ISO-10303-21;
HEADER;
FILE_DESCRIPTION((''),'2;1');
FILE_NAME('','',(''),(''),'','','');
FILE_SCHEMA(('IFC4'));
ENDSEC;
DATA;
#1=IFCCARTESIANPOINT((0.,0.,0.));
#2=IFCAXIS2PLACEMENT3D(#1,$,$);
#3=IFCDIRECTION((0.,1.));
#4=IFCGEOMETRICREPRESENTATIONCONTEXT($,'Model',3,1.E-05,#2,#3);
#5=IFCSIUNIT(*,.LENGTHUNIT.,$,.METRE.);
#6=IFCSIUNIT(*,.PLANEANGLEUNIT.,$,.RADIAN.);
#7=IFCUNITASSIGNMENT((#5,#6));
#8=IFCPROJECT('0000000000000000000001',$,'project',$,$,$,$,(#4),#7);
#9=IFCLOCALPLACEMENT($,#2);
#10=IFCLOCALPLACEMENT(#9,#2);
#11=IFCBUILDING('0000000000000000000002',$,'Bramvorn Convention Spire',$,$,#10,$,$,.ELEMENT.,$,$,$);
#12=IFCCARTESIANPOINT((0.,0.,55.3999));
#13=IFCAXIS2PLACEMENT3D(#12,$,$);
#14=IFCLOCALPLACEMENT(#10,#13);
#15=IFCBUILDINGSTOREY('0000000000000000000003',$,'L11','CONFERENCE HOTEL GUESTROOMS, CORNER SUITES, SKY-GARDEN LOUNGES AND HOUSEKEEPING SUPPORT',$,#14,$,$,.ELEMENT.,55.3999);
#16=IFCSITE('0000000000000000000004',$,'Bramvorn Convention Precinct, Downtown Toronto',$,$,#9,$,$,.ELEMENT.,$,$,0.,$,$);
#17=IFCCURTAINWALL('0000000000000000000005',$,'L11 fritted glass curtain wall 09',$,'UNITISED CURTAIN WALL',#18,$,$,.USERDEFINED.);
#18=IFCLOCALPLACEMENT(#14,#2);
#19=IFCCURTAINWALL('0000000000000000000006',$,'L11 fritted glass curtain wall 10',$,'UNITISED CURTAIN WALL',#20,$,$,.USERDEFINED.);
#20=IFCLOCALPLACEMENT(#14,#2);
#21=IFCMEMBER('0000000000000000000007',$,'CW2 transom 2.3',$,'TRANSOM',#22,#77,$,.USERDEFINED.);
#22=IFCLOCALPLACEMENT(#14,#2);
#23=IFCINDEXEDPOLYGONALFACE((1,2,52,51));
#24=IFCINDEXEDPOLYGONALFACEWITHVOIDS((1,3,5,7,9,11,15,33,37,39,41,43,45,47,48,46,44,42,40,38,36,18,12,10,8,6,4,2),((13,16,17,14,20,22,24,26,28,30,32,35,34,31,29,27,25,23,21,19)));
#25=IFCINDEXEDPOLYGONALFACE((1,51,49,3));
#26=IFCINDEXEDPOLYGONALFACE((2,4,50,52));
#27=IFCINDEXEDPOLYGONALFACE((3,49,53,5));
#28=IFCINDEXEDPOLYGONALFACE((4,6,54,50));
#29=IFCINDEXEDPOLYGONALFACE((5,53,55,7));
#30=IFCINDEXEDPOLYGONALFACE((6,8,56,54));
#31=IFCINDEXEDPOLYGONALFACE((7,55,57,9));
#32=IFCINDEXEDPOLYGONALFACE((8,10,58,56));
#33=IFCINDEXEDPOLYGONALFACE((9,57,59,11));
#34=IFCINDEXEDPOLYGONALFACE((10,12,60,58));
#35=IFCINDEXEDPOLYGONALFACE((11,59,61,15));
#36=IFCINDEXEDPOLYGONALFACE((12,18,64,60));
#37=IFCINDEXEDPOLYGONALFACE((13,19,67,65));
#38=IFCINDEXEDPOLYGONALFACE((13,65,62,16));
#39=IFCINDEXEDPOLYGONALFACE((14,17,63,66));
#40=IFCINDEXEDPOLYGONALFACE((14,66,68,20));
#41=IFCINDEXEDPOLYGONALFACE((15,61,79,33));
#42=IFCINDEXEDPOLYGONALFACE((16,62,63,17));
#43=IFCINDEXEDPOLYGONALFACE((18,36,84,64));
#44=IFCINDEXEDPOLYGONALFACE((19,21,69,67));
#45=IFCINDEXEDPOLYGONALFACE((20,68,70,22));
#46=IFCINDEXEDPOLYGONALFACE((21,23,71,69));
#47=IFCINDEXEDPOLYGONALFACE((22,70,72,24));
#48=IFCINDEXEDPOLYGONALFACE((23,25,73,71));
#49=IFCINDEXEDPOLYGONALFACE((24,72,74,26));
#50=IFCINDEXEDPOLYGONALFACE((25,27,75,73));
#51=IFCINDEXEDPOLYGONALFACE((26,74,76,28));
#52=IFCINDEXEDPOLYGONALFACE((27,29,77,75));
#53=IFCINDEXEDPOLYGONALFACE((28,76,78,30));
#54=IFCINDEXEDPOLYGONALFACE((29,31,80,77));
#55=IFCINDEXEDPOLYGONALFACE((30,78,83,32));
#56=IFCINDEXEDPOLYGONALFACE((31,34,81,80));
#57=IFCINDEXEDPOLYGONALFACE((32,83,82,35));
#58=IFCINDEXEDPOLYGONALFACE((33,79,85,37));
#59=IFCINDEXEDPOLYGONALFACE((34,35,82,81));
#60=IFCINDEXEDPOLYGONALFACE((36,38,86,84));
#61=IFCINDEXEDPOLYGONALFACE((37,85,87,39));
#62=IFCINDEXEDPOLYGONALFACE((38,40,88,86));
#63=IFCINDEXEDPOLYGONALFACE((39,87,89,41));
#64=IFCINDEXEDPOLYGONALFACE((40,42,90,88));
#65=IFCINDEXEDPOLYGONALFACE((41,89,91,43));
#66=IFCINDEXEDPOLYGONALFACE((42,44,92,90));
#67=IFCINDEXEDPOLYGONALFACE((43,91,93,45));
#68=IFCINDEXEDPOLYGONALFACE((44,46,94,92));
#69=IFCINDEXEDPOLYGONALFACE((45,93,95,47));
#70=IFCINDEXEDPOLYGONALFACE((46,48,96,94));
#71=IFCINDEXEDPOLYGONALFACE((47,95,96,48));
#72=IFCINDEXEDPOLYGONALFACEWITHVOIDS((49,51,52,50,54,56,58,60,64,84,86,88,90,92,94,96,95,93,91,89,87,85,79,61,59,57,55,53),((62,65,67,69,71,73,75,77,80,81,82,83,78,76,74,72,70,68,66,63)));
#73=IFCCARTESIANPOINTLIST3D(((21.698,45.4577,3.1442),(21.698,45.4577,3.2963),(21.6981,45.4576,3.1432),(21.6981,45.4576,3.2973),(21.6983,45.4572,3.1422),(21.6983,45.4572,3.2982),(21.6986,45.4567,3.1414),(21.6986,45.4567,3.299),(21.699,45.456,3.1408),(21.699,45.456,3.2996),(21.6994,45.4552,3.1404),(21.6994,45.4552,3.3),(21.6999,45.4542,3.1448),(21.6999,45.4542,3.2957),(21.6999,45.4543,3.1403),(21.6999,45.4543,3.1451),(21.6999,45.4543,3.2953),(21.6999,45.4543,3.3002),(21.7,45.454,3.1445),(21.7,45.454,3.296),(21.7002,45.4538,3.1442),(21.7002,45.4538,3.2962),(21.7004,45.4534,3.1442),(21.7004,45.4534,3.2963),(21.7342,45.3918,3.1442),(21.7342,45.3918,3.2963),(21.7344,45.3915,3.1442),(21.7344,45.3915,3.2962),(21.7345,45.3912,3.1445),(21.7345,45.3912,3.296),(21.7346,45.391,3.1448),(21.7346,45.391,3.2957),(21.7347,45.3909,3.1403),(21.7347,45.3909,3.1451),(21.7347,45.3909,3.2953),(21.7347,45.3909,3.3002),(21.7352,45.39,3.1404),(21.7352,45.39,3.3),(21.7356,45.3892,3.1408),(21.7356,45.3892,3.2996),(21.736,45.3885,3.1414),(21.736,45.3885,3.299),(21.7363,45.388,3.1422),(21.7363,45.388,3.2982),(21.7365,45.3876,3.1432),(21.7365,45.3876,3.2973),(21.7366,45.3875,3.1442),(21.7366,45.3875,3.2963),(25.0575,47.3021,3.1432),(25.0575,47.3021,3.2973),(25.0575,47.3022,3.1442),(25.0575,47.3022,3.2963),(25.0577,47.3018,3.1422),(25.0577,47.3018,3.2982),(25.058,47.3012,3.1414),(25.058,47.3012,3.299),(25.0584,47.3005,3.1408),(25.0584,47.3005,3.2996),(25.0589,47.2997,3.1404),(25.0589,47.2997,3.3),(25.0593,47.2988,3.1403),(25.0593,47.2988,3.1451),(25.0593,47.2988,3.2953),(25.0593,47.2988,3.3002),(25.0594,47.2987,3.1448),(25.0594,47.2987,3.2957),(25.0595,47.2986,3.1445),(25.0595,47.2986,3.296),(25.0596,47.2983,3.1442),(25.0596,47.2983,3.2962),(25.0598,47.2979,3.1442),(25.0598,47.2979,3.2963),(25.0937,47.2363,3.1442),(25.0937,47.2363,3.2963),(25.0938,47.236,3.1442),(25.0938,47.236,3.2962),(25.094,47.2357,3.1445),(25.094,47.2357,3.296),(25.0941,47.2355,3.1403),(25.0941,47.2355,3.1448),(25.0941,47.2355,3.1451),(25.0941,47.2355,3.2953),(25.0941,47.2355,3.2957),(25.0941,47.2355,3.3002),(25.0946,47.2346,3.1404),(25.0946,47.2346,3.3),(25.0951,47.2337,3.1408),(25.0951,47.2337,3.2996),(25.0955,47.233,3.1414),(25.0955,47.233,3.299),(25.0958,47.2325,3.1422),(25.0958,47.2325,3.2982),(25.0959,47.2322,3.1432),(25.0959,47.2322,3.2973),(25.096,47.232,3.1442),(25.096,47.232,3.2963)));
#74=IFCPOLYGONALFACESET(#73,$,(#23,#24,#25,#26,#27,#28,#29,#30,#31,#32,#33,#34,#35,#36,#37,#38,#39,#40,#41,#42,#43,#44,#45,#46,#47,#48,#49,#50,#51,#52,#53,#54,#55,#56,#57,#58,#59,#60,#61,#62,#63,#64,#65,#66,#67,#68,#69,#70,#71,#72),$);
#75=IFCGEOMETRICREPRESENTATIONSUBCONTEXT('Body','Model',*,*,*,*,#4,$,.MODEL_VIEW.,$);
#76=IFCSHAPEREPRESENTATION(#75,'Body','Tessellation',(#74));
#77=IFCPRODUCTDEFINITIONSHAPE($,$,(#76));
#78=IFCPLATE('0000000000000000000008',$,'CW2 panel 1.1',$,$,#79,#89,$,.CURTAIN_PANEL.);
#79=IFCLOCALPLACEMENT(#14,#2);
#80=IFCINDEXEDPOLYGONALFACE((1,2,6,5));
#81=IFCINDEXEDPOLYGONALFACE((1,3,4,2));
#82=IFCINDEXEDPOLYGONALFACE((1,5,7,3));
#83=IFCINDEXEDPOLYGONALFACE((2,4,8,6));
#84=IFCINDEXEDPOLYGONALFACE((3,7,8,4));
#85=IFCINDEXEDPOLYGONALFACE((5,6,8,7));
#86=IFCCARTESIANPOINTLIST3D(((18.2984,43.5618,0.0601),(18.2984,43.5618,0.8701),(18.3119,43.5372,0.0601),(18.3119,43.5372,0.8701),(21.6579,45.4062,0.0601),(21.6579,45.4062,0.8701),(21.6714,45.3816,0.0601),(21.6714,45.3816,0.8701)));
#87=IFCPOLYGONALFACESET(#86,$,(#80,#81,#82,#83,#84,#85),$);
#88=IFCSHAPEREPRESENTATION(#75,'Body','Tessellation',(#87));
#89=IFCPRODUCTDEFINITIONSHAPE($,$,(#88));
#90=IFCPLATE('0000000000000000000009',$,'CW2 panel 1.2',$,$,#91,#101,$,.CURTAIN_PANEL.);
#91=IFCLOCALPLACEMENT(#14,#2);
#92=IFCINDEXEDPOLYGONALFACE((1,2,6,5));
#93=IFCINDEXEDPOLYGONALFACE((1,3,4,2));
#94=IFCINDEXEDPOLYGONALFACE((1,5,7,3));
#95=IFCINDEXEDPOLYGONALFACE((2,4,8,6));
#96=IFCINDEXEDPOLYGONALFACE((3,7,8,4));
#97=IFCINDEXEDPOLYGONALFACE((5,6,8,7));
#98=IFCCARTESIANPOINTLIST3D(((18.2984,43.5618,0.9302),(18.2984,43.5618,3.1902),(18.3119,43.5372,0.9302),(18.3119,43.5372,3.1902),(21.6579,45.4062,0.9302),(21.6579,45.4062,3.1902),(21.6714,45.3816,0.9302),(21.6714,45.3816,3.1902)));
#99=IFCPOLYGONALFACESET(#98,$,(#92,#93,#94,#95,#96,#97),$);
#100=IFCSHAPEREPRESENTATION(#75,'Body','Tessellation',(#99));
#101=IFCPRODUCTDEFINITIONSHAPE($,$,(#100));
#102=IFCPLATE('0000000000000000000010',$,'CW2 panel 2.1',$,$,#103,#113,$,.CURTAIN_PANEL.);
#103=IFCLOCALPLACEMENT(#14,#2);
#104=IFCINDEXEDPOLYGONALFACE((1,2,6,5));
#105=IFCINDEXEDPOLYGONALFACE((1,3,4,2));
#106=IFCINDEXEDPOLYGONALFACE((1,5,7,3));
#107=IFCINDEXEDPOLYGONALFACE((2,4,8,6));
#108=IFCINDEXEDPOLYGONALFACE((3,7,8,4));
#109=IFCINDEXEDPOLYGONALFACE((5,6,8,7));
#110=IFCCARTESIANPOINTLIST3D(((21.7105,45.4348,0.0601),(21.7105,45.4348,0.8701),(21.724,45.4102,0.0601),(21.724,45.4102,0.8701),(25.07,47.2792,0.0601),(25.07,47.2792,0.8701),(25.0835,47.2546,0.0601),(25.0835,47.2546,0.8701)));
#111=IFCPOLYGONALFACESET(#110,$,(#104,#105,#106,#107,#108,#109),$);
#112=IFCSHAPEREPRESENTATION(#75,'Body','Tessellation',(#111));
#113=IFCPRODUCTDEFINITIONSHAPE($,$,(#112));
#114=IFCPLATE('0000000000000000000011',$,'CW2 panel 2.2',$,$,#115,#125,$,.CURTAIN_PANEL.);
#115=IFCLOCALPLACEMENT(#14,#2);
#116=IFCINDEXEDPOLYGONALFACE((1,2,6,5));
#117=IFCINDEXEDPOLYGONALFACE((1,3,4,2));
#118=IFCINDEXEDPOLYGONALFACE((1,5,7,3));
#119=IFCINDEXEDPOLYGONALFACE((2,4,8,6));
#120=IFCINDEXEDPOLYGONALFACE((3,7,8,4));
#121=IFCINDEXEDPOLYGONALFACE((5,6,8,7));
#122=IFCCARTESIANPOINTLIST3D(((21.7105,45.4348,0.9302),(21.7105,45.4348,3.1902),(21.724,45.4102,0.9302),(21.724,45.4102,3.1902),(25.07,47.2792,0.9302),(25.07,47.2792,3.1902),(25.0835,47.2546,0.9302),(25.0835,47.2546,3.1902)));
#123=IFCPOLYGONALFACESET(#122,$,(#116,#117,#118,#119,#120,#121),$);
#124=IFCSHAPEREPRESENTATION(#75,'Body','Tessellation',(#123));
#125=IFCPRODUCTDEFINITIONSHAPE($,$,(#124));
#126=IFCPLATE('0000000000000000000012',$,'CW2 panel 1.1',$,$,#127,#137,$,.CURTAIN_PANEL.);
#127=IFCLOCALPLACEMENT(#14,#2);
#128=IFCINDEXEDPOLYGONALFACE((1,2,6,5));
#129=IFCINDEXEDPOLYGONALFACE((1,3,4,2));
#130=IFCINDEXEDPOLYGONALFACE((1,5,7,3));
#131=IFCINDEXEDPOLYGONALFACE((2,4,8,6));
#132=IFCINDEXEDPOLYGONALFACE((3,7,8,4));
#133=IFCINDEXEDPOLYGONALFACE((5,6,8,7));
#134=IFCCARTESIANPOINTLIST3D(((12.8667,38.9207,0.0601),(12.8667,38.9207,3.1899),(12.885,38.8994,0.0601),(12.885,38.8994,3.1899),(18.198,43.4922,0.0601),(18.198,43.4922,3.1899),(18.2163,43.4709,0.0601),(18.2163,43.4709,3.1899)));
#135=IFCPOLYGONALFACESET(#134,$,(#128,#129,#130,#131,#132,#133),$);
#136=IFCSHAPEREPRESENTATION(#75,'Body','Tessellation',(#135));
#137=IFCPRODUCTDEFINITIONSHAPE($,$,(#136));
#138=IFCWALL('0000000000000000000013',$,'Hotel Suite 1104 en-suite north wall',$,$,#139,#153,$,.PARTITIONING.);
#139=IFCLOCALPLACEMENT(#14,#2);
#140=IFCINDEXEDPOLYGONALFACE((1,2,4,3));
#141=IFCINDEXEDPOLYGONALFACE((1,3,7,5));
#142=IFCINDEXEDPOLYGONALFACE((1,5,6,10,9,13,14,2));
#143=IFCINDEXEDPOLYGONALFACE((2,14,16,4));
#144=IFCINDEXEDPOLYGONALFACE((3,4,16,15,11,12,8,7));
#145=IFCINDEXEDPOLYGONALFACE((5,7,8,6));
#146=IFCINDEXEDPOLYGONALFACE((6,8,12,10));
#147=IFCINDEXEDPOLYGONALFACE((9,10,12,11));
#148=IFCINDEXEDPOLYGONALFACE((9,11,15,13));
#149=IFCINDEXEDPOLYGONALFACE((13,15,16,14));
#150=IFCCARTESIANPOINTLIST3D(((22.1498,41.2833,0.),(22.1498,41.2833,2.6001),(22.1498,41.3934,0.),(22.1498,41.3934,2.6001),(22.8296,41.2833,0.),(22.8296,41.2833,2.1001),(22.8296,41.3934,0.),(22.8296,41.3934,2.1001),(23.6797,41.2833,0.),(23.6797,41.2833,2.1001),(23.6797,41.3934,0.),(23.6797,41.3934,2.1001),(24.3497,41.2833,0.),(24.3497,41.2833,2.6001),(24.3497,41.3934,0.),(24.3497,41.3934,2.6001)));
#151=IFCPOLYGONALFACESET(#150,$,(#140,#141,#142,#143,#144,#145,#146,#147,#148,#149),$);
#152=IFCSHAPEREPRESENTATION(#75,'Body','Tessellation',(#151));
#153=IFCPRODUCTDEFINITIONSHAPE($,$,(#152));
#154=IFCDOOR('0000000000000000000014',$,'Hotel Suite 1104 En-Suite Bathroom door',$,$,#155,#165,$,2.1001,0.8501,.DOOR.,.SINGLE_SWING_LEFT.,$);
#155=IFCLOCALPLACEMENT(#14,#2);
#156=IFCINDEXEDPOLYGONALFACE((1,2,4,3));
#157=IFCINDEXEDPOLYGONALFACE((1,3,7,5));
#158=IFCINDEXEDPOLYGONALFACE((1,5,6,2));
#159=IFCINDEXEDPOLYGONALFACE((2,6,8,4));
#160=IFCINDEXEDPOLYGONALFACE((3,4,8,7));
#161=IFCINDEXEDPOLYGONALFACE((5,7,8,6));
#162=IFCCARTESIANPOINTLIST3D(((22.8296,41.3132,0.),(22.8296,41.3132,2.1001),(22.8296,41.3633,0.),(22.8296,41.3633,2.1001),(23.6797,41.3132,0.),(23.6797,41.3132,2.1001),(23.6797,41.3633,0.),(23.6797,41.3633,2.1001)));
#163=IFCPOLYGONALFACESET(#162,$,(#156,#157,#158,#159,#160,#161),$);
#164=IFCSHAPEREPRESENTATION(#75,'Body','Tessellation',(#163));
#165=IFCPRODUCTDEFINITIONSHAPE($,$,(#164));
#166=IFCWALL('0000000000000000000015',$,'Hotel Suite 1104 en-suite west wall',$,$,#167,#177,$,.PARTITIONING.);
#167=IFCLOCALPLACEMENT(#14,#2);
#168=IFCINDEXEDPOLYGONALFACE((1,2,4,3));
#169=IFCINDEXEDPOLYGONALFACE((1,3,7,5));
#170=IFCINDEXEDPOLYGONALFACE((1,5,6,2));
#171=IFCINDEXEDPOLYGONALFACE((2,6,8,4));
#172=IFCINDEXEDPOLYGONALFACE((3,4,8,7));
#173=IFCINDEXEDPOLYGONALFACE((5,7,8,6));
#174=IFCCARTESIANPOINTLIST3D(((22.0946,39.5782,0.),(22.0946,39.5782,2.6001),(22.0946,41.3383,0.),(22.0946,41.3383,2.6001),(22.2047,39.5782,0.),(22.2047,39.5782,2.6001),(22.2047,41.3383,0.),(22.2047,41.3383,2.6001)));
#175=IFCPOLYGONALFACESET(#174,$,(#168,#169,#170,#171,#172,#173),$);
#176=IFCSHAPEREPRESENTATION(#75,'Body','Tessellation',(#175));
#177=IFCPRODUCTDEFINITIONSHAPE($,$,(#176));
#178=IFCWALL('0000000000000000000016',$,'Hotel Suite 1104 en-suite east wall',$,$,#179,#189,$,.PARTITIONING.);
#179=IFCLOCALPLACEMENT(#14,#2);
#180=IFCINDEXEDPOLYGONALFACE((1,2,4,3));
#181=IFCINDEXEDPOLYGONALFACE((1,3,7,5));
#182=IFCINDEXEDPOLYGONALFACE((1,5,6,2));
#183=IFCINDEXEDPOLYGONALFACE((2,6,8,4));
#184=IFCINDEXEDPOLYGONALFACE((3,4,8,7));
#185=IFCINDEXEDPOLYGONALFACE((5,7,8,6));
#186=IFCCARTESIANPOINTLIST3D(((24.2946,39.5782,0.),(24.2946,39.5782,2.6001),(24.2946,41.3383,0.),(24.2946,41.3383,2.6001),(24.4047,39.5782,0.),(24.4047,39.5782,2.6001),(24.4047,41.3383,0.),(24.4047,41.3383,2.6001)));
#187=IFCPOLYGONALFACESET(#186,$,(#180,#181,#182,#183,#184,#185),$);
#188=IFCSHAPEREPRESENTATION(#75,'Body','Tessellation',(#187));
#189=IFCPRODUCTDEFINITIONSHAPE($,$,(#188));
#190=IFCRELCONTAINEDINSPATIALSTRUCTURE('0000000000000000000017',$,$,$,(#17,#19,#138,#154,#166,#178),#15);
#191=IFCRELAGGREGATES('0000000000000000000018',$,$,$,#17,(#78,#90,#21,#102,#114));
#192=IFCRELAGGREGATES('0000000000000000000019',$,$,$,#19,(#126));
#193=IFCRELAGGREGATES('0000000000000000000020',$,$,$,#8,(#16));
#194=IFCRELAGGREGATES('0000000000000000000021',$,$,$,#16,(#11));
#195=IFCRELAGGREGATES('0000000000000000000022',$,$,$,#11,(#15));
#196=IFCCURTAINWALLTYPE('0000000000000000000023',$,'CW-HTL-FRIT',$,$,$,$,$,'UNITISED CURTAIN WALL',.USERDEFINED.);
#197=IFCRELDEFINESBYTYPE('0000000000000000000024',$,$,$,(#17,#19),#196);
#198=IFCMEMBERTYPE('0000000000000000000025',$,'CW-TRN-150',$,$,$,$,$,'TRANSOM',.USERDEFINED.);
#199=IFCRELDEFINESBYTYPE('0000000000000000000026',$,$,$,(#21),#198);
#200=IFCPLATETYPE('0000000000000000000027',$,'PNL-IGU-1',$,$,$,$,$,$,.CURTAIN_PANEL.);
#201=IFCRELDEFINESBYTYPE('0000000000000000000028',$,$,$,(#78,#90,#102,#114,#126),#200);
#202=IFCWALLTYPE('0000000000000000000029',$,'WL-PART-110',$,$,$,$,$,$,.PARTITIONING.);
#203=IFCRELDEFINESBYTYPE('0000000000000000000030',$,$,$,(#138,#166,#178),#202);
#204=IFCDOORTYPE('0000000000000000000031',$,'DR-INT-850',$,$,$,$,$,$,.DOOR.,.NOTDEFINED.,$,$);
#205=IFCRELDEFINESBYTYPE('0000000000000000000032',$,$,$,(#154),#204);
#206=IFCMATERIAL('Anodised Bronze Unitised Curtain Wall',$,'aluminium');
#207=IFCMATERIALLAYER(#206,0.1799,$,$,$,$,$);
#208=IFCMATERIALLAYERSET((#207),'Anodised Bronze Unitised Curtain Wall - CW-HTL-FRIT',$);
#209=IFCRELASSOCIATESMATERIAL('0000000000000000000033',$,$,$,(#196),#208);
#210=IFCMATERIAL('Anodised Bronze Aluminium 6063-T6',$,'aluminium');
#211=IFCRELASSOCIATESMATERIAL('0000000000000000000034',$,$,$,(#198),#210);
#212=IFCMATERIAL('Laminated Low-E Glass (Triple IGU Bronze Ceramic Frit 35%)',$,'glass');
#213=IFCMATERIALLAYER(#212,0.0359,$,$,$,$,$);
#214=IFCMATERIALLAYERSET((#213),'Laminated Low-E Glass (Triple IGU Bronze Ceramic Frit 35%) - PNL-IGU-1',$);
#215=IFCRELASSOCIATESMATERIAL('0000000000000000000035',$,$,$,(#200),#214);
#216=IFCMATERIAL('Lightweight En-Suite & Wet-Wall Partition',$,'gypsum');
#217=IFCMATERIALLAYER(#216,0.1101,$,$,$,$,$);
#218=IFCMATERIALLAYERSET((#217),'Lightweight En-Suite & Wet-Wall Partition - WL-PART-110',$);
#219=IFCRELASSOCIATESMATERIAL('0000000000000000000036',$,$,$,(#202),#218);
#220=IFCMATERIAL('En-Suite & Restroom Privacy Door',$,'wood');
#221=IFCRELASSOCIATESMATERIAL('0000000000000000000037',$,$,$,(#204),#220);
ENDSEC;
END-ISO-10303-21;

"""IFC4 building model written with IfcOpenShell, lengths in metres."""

from ifc_helpers import new_model, si_unit, direction, frame, frame_2d, origin, origin_2d, place, context, subcontext, project, spatial, rectangle, hollow_rectangle, extrude, material, layer, layer_set, material_profile, profile_set, type_object, element, fill, aggregate, save


model = new_model("IFC4")

# Units and contexts
model_context = context("Model", 3, precision=1e-05, world=origin(), true_north=direction((0.0, 1.0)))
body_context = subcontext(model_context, "Body", "Model", "MODEL_VIEW")
ifc_project = project(units=[si_unit("LENGTHUNIT", "METRE"), si_unit("PLANEANGLEUNIT", "RADIAN")], contexts=[model_context])

# Site, building, storey
site_placement = place(None, origin())
site = spatial("IfcSite", under=ifc_project, at=site_placement, Name="Bramvorn Convention Precinct, Downtown Toronto", CompositionType="ELEMENT", RefElevation=0.0)
building_placement = place(site_placement, origin())
building = spatial("IfcBuilding", under=site, at=building_placement, Name="Bramvorn Convention Spire", CompositionType="ELEMENT")
storey_placement = place(building_placement, frame((0.0, 0.0, 55.3999)))
storey = spatial("IfcBuildingStorey", under=building, at=storey_placement, Name="L11", Description="CONFERENCE HOTEL GUESTROOMS, CORNER SUITES, SKY-GARDEN LOUNGES AND HOUSEKEEPING SUPPORT", CompositionType="ELEMENT", Elevation=55.3999)

# Curtain wall
ifc_material_1 = material(Name="Anodised Bronze Unitised Curtain Wall", Category="aluminium")
ifc_layer_1 = layer(ifc_material_1, 0.1799)
ifc_layer_set_1 = layer_set([ifc_layer_1], Name="Anodised Bronze Unitised Curtain Wall - CW-HTL-FRIT")
curtain_wall_type = type_object("IfcCurtainWallType", Name="CW-HTL-FRIT", ElementType="UNITISED CURTAIN WALL", PredefinedType="USERDEFINED", material=ifc_layer_set_1)
curtain_wall_1_placement = place(storey_placement, origin())
curtain_wall_1 = element("IfcCurtainWall", 1, at=curtain_wall_1_placement, inside=storey, type_object=curtain_wall_type, Name="L11 fritted glass curtain wall 09", ObjectType="UNITISED CURTAIN WALL", PredefinedType="USERDEFINED")
ifc_material_2 = material(Name="Anodised Bronze Aluminium 6063-T6", Category="aluminium")

# Curtain wall
curtain_wall_2_placement = place(storey_placement, origin())
curtain_wall_2 = element("IfcCurtainWall", 2, at=curtain_wall_2_placement, inside=storey, type_object=curtain_wall_type, Name="L11 fritted glass curtain wall 10", ObjectType="UNITISED CURTAIN WALL", PredefinedType="USERDEFINED")

# Member
ifc_material_profile_1 = material_profile(ifc_material_2, hollow_rectangle(XDim=0.0801, YDim=0.1599, WallThickness=0.0039, InnerFilletRadius=0.001, OuterFilletRadius=0.0039, at=origin_2d()))
ifc_profile_set_1 = profile_set([ifc_material_profile_1], Name="Anodised Bronze Aluminium 6063-T6 - CWT80X160")
member_type_1 = type_object("IfcMemberType", Name="CW-TRN-150", ElementType="TRANSOM", PredefinedType="USERDEFINED", material=ifc_profile_set_1)
member_1_placement = place(storey_placement, frame((21.7173, 45.4226, 3.2202), z_axis=(0.876565, 0.481283, 0.0), x_axis=(-0.481283, 0.876565, 0.0)))
member_1 = element("IfcMember", 3, at=member_1_placement, type_object=member_type_1, Name="CW2 transom 2.3", ObjectType="TRANSOM", PredefinedType="USERDEFINED", context=body_context, shape_type="SweptSolid", body=[
    extrude(hollow_rectangle(XDim=0.0801, YDim=0.1599, WallThickness=0.0039, InnerFilletRadius=0.001, OuterFilletRadius=0.0039, at=origin_2d()), origin(), (0.0, 0.0, 1.0), 3.8325),
])

# Plates
ifc_material_3 = material(Name="Laminated Low-E Glass (Triple IGU Bronze Ceramic Frit 35%)", Category="glass")
ifc_layer_2 = layer(ifc_material_3, 0.0359)
ifc_layer_set_2 = layer_set([ifc_layer_2], Name="Laminated Low-E Glass (Triple IGU Bronze Ceramic Frit 35%) - PNL-IGU-1")
plate_type = type_object("IfcPlateType", Name="PNL-IGU-1", PredefinedType="CURTAIN_PANEL", material=ifc_layer_set_2)
plate_1_placement = place(storey_placement, frame((19.9849, 44.4717, 0.0601), z_axis=(0.0, 0.0, 1.0), x_axis=(0.876581, 0.481255, 0.0)))
plate_1 = element("IfcPlate", 4, at=plate_1_placement, type_object=plate_type, Name="CW2 panel 1.1", PredefinedType="CURTAIN_PANEL", context=body_context, shape_type="SweptSolid", body=[
    extrude(rectangle(XDim=3.8325, YDim=0.0281, at=origin_2d()), origin(), (0.0, 0.0, 1.0), 0.8101),
])
plate_2_placement = place(storey_placement, frame((19.9849, 44.4717, 0.9302), z_axis=(0.0, 0.0, 1.0), x_axis=(0.876581, 0.481255, 0.0)))
plate_2 = element("IfcPlate", 5, at=plate_2_placement, type_object=plate_type, Name="CW2 panel 1.2", PredefinedType="CURTAIN_PANEL", context=body_context, shape_type="SweptSolid", body=[
    extrude(rectangle(XDim=3.8325, YDim=0.0281, at=origin_2d()), origin(), (0.0, 0.0, 1.0), 2.26),
])
plate_3_placement = place(storey_placement, frame((23.397, 46.3447, 0.0601), z_axis=(0.0, 0.0, 1.0), x_axis=(0.876581, 0.481255, 0.0)))
plate_3 = element("IfcPlate", 6, at=plate_3_placement, type_object=plate_type, Name="CW2 panel 2.1", PredefinedType="CURTAIN_PANEL", context=body_context, shape_type="SweptSolid", body=[
    extrude(rectangle(XDim=3.8325, YDim=0.0281, at=origin_2d()), origin(), (0.0, 0.0, 1.0), 0.8101),
])
plate_4_placement = place(storey_placement, frame((23.397, 46.3447, 0.9302), z_axis=(0.0, 0.0, 1.0), x_axis=(0.876581, 0.481255, 0.0)))
plate_4 = element("IfcPlate", 7, at=plate_4_placement, type_object=plate_type, Name="CW2 panel 2.2", PredefinedType="CURTAIN_PANEL", context=body_context, shape_type="SweptSolid", body=[
    extrude(rectangle(XDim=3.8325, YDim=0.0281, at=origin_2d()), origin(), (0.0, 0.0, 1.0), 2.26),
])
aggregate(curtain_wall_1, [plate_1, plate_2, member_1, plate_3, plate_4])
plate_5_placement = place(storey_placement, frame((15.5415, 41.1958, 0.0601), z_axis=(0.0, 0.0, 1.0), x_axis=(0.759124, 0.650946, 0.0)))
plate_5 = element("IfcPlate", 8, at=plate_5_placement, type_object=plate_type, Name="CW2 panel 1.1", PredefinedType="CURTAIN_PANEL", context=body_context, shape_type="SweptSolid", body=[
    extrude(rectangle(XDim=7.0229, YDim=0.0281, at=origin_2d()), origin(), (0.0, 0.0, 1.0), 3.1299),
])
aggregate(curtain_wall_2, [plate_5])

# Wall, opening, door
ifc_material_4 = material(Name="Lightweight En-Suite & Wet-Wall Partition", Category="gypsum")
ifc_layer_3 = layer(ifc_material_4, 0.1101)
ifc_layer_set_3 = layer_set([ifc_layer_3], Name="Lightweight En-Suite & Wet-Wall Partition - WL-PART-110")
wall_type = type_object("IfcWallType", Name="WL-PART-110", PredefinedType="PARTITIONING", material=ifc_layer_set_3)
wall_placement = place(storey_placement, frame((22.1497, 41.3384, 0.0), z_axis=(0.0, 0.0, 1.0), x_axis=(1.0, 0.0, 0.0)))
wall = element("IfcWall", 9, at=wall_placement, inside=storey, type_object=wall_type, Name="Hotel Suite 1104 en-suite north wall", PredefinedType="PARTITIONING", context=body_context, shape_type="SweptSolid", body=[
    extrude(rectangle(XDim=2.2, YDim=0.1101, at=frame_2d((1.1001, 0.0))), origin(), (0.0, 0.0, 1.0), 2.6001),
])
opening_placement = place(wall_placement, frame((0.6799, 0.0, 0.0)))
opening = element("IfcOpeningElement", 10, at=opening_placement, cuts=wall, PredefinedType="OPENING", context=body_context, shape_type="SweptSolid", body=[
    extrude(rectangle(XDim=0.8501, YDim=2.1001, at=frame_2d((0.425, 1.05))), frame((0.0, 0.0649, 0.0), z_axis=(0.0, -1.0, 0.0), x_axis=(1.0, 0.0, 0.0)), (0.0, 0.0, 1.0), 0.1301),
])
ifc_material_5 = material(Name="En-Suite & Restroom Privacy Door", Category="wood")
door_type = type_object("IfcDoorType", Name="DR-INT-850", OperationType="NOTDEFINED", PredefinedType="DOOR", material=ifc_material_5)
door_placement = place(opening_placement, origin())
door = element("IfcDoor", 11, at=door_placement, inside=storey, type_object=door_type, Name="Hotel Suite 1104 En-Suite Bathroom door", OperationType="SINGLE_SWING_LEFT", OverallHeight=2.1001, OverallWidth=0.8501, PredefinedType="DOOR", context=body_context, shape_type="SweptSolid", body=[
    extrude(rectangle(XDim=0.8501, YDim=2.1001, at=frame_2d((0.425, 1.05))), frame((0.0, 0.0249, 0.0), z_axis=(0.0, -1.0, 0.0), x_axis=(1.0, 0.0, 0.0)), (0.0, 0.0, 1.0), 0.05),
])
fill(opening, door)

# Walls
for number, where, z_axis, x_axis, name in (
    (12, (22.1497, 39.5784, 0.0), (0.0, 0.0, 1.0), (0.0, 1.0, 0.0), "Hotel Suite 1104 en-suite west wall"),
    (13, (24.3496, 39.5784, 0.0), (0.0, 0.0, 1.0), (0.0, 1.0, 0.0), "Hotel Suite 1104 en-suite east wall"),
):
    element("IfcWall", number, at=place(storey_placement, frame(where, z_axis=z_axis, x_axis=x_axis)), inside=storey, type_object=wall_type, Name=name, PredefinedType="PARTITIONING", context=body_context, shape_type="SweptSolid", body=[
        extrude(rectangle(XDim=1.76, YDim=0.1101, at=frame_2d((0.8799, 0.0))), origin(), (0.0, 0.0, 1.0), 2.6001),
    ])

save(model, "model.ifc")
